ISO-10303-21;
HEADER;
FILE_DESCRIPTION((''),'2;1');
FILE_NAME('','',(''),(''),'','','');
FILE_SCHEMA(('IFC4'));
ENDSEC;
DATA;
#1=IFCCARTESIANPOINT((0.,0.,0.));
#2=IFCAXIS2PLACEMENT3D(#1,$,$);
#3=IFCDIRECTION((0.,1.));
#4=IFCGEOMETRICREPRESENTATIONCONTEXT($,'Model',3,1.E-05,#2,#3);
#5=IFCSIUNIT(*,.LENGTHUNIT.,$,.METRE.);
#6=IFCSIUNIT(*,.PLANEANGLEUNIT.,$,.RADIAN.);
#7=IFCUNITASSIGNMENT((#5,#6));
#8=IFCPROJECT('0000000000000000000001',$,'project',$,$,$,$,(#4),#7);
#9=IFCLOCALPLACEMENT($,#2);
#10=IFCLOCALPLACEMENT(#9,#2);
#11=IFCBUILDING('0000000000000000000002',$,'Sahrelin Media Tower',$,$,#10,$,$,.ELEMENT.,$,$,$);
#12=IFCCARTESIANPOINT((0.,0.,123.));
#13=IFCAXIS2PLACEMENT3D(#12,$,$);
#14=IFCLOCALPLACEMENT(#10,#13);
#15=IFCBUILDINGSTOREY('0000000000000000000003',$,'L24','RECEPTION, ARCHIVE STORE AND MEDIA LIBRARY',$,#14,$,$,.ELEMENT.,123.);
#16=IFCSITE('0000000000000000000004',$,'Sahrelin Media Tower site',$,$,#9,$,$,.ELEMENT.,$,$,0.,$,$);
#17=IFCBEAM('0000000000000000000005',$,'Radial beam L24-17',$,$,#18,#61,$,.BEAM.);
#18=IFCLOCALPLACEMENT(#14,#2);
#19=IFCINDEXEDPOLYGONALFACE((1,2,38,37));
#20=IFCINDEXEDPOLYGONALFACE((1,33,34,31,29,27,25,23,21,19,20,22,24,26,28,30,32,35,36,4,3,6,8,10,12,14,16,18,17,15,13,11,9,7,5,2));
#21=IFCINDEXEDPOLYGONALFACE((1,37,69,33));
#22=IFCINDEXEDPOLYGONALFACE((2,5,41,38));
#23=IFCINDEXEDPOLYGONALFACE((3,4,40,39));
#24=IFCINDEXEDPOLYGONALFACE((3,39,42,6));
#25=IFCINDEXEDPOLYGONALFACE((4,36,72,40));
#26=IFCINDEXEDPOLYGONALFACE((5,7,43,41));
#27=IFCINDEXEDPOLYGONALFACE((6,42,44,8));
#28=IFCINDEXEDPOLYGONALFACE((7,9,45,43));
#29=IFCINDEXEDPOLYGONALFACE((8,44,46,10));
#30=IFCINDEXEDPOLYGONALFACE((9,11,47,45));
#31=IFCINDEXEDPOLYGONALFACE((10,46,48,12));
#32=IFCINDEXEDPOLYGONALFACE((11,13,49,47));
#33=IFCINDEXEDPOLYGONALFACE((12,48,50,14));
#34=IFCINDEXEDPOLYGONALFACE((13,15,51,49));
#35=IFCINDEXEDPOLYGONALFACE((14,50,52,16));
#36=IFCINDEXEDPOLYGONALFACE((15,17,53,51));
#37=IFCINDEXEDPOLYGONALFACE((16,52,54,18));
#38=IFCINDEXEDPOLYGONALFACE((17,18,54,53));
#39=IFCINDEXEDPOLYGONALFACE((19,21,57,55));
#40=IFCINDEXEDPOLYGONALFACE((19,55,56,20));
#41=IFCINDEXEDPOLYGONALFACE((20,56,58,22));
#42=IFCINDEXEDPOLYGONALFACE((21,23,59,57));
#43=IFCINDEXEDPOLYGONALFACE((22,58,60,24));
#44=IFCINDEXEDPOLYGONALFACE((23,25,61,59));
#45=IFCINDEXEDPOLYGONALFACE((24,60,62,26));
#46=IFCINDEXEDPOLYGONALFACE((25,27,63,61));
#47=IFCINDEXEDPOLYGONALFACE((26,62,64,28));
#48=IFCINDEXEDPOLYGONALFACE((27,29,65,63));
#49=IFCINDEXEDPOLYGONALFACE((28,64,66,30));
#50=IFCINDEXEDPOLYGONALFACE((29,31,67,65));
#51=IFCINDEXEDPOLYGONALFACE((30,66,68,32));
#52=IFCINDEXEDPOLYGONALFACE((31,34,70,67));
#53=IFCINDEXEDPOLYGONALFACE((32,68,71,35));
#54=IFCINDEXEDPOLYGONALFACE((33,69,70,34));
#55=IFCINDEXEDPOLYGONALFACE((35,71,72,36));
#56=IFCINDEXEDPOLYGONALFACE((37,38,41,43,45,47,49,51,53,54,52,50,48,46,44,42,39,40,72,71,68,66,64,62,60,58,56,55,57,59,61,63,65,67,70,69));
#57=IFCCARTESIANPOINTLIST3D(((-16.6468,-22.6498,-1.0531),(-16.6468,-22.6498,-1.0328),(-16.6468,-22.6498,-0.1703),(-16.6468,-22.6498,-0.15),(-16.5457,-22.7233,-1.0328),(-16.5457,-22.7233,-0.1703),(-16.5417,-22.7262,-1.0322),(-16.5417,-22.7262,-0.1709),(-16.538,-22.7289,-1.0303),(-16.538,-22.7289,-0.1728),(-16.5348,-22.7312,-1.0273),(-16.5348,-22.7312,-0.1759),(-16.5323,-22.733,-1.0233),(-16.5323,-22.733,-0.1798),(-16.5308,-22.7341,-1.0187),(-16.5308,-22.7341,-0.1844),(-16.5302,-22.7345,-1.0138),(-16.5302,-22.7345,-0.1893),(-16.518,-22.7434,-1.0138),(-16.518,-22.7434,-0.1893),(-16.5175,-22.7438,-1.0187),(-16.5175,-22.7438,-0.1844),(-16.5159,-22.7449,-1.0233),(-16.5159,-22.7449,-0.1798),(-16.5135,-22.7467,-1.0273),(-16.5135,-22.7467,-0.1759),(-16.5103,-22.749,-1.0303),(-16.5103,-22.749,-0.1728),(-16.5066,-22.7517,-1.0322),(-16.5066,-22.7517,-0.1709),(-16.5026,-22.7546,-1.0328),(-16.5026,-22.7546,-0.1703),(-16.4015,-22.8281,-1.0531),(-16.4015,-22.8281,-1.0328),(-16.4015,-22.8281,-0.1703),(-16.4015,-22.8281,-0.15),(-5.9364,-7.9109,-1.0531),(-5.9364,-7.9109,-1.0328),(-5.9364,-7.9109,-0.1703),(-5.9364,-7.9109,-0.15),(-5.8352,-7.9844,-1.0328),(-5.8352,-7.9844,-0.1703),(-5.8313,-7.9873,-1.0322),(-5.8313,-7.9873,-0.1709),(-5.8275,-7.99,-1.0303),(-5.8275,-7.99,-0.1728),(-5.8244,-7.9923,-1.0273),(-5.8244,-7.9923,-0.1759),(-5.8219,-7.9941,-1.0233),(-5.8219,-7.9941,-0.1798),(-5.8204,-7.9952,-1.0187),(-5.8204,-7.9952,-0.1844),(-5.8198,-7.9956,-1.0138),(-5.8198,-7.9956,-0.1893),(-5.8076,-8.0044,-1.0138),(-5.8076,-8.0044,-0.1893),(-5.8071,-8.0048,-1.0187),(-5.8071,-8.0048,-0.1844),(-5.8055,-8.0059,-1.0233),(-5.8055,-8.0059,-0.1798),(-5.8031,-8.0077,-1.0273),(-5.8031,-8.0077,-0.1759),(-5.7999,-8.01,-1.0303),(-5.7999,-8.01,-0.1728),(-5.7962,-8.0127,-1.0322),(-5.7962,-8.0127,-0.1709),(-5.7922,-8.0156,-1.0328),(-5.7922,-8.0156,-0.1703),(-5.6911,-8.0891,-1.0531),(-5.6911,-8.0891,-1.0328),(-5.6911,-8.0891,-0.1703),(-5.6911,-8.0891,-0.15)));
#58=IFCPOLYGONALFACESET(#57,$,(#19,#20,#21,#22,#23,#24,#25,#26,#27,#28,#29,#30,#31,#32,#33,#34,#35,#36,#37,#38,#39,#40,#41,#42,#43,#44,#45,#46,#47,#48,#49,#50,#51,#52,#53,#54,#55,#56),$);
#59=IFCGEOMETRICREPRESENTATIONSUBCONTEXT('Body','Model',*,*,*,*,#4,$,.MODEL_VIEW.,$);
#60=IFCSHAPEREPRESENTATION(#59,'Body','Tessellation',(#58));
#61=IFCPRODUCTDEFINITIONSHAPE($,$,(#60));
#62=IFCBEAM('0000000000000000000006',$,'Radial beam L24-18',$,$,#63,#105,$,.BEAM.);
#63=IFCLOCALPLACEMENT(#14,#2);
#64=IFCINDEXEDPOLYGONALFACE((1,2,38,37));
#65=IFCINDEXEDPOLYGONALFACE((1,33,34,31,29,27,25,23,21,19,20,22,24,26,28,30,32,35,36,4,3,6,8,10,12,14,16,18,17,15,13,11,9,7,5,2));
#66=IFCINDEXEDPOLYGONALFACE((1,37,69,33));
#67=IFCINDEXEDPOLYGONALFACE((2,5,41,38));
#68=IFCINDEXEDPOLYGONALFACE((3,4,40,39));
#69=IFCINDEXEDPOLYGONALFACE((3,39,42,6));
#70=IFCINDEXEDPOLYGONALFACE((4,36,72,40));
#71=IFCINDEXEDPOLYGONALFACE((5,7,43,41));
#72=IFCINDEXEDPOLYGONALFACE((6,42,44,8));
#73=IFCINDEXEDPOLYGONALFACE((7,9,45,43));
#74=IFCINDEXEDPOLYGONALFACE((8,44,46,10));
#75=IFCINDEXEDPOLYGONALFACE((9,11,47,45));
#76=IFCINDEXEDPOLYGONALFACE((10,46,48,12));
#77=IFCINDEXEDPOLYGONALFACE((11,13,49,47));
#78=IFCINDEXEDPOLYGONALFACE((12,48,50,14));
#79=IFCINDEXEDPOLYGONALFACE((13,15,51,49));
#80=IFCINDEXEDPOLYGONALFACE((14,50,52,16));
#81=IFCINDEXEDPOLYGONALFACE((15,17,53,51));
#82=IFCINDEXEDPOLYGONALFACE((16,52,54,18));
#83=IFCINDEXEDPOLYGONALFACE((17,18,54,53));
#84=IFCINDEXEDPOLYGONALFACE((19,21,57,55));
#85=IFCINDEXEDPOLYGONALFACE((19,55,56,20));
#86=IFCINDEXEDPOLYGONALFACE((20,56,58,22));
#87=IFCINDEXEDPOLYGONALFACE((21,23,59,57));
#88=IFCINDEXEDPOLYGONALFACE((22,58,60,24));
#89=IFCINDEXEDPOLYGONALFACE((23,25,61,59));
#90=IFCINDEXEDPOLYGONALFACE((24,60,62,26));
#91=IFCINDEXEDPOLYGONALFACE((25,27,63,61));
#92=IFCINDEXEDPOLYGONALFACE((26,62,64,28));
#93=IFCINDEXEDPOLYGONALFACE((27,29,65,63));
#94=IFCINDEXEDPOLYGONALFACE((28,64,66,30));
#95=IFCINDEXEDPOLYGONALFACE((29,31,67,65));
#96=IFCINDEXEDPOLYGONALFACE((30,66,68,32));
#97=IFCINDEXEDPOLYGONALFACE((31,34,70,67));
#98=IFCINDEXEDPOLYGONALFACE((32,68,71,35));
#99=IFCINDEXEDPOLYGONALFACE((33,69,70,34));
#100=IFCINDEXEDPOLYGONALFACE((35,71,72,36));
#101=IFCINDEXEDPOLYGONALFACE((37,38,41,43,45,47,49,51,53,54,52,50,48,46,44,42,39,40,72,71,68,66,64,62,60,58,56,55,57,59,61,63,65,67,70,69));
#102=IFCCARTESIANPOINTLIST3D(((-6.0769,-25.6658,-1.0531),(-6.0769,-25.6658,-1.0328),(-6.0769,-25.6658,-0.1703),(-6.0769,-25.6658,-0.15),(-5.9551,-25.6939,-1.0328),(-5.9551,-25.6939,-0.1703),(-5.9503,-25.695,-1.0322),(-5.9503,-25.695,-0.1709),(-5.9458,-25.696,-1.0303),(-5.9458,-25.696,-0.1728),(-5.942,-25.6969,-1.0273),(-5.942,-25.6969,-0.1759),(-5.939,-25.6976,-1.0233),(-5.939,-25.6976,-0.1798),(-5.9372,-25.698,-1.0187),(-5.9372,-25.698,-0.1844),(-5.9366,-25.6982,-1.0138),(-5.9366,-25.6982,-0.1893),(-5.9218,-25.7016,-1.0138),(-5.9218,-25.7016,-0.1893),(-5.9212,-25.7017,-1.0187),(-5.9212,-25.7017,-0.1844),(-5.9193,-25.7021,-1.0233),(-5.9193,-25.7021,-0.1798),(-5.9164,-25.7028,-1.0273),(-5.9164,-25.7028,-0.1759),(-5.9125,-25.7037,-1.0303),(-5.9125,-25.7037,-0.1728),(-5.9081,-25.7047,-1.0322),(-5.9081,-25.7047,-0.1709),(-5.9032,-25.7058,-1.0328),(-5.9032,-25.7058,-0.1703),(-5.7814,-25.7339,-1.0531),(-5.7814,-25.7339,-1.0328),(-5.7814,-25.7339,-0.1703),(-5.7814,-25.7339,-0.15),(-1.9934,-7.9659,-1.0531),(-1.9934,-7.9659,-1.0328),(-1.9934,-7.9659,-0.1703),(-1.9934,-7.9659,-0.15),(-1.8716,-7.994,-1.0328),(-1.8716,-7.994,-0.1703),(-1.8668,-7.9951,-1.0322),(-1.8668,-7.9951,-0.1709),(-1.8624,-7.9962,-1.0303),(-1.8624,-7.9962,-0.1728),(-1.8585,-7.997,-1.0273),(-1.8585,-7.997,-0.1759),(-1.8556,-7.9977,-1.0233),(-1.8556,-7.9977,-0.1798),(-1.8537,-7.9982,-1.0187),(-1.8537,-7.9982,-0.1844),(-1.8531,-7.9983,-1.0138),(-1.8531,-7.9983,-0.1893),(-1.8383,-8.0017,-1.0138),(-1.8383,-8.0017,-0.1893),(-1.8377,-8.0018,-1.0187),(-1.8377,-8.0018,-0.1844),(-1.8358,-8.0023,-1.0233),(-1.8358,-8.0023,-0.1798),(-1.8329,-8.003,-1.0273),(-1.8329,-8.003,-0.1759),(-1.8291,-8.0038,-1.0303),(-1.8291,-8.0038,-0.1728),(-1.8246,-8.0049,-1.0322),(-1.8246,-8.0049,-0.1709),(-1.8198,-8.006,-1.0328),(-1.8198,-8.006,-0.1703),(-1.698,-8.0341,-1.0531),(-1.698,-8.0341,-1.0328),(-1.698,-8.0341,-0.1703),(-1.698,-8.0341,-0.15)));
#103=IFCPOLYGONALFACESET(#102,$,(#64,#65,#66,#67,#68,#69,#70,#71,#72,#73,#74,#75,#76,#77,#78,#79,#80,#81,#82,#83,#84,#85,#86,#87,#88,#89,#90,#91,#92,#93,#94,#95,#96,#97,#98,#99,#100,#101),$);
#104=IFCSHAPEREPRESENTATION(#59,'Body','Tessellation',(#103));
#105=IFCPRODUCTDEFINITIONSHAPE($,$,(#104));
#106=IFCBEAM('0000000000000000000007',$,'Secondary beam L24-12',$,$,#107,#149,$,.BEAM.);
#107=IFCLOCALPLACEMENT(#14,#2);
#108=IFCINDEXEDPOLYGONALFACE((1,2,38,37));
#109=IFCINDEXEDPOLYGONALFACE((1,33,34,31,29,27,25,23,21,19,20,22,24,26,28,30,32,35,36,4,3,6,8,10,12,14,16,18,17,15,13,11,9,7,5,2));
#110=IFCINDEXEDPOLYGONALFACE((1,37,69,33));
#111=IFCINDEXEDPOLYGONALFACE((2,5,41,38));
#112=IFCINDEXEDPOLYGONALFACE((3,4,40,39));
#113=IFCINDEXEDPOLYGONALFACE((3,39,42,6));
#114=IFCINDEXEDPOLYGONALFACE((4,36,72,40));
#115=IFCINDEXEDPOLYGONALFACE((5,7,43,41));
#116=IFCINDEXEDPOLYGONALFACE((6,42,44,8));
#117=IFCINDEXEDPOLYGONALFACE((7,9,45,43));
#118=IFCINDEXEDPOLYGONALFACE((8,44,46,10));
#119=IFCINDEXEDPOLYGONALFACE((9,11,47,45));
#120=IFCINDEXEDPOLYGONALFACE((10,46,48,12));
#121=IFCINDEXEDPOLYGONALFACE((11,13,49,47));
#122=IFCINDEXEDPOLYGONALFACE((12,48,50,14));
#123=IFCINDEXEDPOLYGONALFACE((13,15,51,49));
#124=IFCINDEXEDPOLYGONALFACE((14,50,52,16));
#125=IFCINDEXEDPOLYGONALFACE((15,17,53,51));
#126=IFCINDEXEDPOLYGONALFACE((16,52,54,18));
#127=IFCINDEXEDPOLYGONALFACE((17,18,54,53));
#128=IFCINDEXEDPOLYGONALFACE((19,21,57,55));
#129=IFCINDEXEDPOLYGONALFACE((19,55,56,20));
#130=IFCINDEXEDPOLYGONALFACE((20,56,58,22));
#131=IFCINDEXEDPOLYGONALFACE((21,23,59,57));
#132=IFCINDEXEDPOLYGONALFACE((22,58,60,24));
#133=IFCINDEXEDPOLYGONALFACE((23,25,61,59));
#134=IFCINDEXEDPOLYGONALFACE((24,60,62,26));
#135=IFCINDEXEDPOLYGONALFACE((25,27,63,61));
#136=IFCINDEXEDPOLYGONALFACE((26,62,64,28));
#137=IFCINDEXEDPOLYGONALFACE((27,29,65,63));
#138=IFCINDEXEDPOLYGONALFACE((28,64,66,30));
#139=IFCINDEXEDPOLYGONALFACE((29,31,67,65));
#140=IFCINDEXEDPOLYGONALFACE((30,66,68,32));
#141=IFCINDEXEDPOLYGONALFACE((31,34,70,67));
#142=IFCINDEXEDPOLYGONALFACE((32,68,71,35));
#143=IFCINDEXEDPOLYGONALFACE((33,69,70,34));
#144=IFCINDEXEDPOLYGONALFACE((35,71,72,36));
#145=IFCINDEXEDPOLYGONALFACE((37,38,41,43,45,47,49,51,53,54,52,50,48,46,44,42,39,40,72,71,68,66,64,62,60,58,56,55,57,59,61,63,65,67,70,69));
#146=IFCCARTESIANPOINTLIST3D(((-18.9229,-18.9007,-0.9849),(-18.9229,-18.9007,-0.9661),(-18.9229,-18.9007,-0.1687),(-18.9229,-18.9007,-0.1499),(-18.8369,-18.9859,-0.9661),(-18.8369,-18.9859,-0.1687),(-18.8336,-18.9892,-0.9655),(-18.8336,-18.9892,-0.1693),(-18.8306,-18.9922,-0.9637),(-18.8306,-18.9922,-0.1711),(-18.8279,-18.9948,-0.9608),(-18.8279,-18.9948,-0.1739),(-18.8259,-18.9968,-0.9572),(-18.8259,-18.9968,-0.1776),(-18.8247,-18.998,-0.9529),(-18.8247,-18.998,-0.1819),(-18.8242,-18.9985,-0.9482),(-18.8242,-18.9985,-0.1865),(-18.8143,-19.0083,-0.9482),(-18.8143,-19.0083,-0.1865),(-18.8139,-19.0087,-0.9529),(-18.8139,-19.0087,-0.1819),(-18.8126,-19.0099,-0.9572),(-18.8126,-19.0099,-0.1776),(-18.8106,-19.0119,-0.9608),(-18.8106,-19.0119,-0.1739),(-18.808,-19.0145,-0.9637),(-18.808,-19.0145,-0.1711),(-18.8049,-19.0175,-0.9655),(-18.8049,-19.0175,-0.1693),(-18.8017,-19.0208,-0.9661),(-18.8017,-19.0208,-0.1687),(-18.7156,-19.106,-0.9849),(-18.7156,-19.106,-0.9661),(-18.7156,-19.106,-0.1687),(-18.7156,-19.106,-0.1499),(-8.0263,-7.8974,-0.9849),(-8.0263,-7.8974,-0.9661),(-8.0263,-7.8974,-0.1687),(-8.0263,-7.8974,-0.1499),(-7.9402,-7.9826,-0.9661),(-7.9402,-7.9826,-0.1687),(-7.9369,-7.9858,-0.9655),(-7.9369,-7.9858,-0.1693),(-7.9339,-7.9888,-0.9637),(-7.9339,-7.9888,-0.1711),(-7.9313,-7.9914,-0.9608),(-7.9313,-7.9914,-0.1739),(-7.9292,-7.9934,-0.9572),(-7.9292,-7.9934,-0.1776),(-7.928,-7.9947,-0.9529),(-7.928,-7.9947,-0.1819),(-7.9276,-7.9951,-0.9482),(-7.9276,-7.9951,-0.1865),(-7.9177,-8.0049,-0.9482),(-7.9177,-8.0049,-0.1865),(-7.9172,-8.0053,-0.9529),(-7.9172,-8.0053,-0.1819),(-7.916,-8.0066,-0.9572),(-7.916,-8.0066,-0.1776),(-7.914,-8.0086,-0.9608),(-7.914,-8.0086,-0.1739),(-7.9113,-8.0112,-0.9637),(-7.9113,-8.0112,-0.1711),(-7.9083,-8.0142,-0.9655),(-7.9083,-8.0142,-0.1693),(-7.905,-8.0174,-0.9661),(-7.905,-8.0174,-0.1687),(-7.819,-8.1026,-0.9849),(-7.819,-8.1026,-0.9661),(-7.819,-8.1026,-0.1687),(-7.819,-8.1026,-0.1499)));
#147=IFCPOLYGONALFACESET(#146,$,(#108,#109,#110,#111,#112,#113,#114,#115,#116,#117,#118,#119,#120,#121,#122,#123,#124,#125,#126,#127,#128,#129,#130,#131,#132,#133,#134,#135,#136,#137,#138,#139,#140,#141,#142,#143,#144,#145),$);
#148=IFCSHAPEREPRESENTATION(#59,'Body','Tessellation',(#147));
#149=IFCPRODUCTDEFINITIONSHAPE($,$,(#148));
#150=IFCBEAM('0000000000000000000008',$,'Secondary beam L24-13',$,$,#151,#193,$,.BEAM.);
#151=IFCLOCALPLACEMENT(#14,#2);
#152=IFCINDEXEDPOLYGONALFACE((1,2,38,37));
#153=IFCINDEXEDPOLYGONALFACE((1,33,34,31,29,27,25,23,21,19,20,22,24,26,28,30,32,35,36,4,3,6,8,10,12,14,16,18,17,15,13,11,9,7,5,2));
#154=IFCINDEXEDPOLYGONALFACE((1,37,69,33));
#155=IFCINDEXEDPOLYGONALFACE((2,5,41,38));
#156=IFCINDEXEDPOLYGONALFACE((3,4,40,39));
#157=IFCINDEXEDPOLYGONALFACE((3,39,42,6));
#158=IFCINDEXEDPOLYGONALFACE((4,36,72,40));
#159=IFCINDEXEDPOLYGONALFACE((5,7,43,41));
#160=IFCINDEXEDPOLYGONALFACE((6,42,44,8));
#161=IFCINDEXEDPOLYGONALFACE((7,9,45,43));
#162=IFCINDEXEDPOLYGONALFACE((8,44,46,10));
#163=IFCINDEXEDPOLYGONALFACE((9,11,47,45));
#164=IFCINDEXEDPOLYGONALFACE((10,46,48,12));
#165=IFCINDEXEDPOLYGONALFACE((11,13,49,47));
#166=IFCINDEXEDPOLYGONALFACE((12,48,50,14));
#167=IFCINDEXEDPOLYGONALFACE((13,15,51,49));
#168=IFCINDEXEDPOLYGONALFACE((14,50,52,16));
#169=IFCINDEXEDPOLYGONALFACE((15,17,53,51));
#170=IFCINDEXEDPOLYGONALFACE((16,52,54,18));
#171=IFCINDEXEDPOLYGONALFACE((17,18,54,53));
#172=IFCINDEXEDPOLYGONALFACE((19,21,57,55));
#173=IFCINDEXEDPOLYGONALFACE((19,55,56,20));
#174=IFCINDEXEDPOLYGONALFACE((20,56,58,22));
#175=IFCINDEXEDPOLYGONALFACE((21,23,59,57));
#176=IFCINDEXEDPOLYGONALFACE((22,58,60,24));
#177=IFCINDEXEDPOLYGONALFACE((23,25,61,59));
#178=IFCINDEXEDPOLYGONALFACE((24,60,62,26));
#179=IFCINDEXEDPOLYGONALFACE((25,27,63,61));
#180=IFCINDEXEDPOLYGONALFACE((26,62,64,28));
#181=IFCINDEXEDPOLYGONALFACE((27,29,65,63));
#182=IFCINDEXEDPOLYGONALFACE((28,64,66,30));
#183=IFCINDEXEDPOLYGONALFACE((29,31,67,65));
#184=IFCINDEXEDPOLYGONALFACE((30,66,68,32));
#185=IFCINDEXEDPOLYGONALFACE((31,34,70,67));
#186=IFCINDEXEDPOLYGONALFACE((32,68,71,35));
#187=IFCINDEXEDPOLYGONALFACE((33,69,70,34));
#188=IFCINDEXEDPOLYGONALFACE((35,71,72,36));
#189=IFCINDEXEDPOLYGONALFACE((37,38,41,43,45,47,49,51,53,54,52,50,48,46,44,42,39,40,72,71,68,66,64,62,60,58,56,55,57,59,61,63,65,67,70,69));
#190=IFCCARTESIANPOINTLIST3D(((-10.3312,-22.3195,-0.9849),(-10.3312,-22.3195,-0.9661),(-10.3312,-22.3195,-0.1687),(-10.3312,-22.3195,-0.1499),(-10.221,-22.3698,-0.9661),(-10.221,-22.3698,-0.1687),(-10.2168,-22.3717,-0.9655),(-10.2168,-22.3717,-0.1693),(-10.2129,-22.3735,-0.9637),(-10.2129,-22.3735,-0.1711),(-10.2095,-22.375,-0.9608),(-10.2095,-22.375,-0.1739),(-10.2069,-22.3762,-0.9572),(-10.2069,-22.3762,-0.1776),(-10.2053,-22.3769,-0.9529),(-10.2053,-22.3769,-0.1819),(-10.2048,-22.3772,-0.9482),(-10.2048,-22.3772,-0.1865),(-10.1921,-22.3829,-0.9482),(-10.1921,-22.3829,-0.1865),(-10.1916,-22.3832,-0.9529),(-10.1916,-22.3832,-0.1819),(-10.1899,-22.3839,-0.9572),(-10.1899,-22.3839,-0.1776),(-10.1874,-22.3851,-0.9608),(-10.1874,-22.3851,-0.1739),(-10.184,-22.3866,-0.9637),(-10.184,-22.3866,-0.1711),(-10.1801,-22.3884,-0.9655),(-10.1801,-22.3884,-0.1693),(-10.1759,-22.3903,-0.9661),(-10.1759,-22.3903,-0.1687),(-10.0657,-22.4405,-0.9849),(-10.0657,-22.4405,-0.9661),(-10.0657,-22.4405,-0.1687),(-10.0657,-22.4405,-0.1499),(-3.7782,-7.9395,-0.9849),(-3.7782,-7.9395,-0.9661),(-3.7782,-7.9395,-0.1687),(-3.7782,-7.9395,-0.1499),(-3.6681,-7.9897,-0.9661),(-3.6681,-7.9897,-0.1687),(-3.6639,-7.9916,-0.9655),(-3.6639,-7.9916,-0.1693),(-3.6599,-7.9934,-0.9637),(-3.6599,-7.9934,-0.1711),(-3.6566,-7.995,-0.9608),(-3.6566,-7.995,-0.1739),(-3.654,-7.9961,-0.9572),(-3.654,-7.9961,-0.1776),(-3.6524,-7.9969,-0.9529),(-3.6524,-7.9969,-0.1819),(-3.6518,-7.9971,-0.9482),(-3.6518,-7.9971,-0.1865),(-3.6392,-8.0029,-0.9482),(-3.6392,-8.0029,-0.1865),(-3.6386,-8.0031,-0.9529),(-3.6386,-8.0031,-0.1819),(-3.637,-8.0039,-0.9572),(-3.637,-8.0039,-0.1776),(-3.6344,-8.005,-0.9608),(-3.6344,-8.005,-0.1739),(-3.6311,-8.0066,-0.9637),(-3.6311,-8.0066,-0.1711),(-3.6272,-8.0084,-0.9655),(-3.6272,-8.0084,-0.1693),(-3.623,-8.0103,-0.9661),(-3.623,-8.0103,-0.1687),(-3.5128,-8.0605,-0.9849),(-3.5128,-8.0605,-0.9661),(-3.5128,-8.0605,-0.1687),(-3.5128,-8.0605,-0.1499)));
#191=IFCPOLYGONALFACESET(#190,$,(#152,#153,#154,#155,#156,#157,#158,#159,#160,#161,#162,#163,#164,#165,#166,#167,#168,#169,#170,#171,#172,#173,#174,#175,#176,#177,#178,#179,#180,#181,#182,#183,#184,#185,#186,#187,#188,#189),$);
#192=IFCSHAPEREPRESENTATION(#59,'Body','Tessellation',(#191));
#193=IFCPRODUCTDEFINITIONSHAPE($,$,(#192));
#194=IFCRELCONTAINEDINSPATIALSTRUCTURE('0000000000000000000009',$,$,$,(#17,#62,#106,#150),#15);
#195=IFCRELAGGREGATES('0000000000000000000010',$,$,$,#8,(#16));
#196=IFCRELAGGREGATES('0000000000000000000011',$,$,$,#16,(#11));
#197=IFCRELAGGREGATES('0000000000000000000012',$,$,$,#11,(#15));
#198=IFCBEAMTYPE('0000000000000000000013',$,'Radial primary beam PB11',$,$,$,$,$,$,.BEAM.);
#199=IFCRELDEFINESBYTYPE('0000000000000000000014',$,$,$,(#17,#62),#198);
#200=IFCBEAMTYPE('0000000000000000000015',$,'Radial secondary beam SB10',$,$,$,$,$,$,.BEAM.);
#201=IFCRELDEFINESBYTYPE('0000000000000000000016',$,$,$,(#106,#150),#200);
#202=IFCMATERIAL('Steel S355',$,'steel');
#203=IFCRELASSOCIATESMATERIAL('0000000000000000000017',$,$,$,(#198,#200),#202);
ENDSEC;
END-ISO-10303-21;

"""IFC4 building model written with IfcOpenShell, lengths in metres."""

from ifc_helpers import new_model, si_unit, direction, frame, origin, origin_2d, place, context, subcontext, project, spatial, i_section, extrude, material, material_profile, profile_set, type_object, element, save


model = new_model("IFC4")

# Units and contexts
model_context = context("Model", 3, precision=1e-05, world=origin(), true_north=direction((0.0, 1.0)))
body_context = subcontext(model_context, "Body", "Model", "MODEL_VIEW")
ifc_project = project(units=[si_unit("LENGTHUNIT", "METRE"), si_unit("PLANEANGLEUNIT", "RADIAN")], contexts=[model_context])

# Site, building, storey
site_placement = place(None, origin())
site = spatial("IfcSite", under=ifc_project, at=site_placement, Name="Sahrelin Media Tower site", CompositionType="ELEMENT", RefElevation=0.0)
building_placement = place(site_placement, origin())
building = spatial("IfcBuilding", under=site, at=building_placement, Name="Sahrelin Media Tower", CompositionType="ELEMENT")
storey_placement = place(building_placement, frame((0.0, 0.0, 123.0)))
storey = spatial("IfcBuildingStorey", under=building, at=storey_placement, Name="L24", Description="RECEPTION, ARCHIVE STORE AND MEDIA LIBRARY", CompositionType="ELEMENT", Elevation=123.0)

# Shared definitions
ifc_material_1 = material(Name="Steel S355", Category="steel")

# Beams
ifc_material_profile_1 = material_profile(ifc_material_1, i_section(OverallWidth=0.3032, OverallDepth=0.9031, WebThickness=0.0151, FlangeThickness=0.0203, FilletRadius=0.019, at=origin_2d()), Name="UB 914x305x201")
ifc_profile_set_1 = profile_set([ifc_material_profile_1], Name="Steel S355")
beam_type_1 = type_object("IfcBeamType", Name="Radial primary beam PB11", PredefinedType="BEAM", material=ifc_profile_set_1)
beam_1_placement = place(storey_placement, frame((-5.8137, -8.0, -0.6016), z_axis=(-0.587855, -0.808967, 0.0), x_axis=(0.808967, -0.587855, 0.0)))
element("IfcBeam", 1, at=beam_1_placement, inside=storey, type_object=beam_type_1, Name="Radial beam L24-17", PredefinedType="BEAM", context=body_context, shape_type="SweptSolid", body=[
    extrude(i_section(OverallWidth=0.3032, OverallDepth=0.9031, WebThickness=0.0151, FlangeThickness=0.0203, FilletRadius=0.019, at=origin_2d()), origin(), (0.0, 0.0, 1.0), 18.2195),
])
beam_2_placement = place(storey_placement, frame((-1.8457, -8.0, -0.6016), z_axis=(-0.224802, -0.974405, 0.0), x_axis=(0.974405, -0.224802, 0.0)))
element("IfcBeam", 2, at=beam_2_placement, inside=storey, type_object=beam_type_1, Name="Radial beam L24-18", PredefinedType="BEAM", context=body_context, shape_type="SweptSolid", body=[
    extrude(i_section(OverallWidth=0.3032, OverallDepth=0.9031, WebThickness=0.0151, FlangeThickness=0.0203, FilletRadius=0.019, at=origin_2d()), origin(), (0.0, 0.0, 1.0), 18.1648),
])
ifc_material_profile_2 = material_profile(ifc_material_1, i_section(OverallWidth=0.2917, OverallDepth=0.835, WebThickness=0.0139, FlangeThickness=0.0188, FilletRadius=0.0178, at=origin_2d()), Name="UB 838x292x176")
ifc_profile_set_2 = profile_set([ifc_material_profile_2], Name="Steel S355")
beam_type_2 = type_object("IfcBeamType", Name="Radial secondary beam SB10", PredefinedType="BEAM", material=ifc_profile_set_2)
beam_3_placement = place(storey_placement, frame((-7.9226, -8.0, -0.5674), z_axis=(-0.703654, -0.710543, 0.0), x_axis=(0.710543, -0.703654, 0.0)))
element("IfcBeam", 3, at=beam_3_placement, inside=storey, type_object=beam_type_2, Name="Secondary beam L24-12", PredefinedType="BEAM", context=body_context, shape_type="SweptSolid", body=[
    extrude(i_section(OverallWidth=0.2917, OverallDepth=0.835, WebThickness=0.0139, FlangeThickness=0.0188, FilletRadius=0.0178, at=origin_2d()), origin(), (0.0, 0.0, 1.0), 15.4858),
])
beam_4_placement = place(storey_placement, frame((-3.6455, -8.0, -0.5674), z_axis=(-0.414671, -0.909971, 0.0), x_axis=(0.909971, -0.414671, 0.0)))
element("IfcBeam", 4, at=beam_4_placement, inside=storey, type_object=beam_type_2, Name="Secondary beam L24-13", PredefinedType="BEAM", context=body_context, shape_type="SweptSolid", body=[
    extrude(i_section(OverallWidth=0.2917, OverallDepth=0.835, WebThickness=0.0139, FlangeThickness=0.0188, FilletRadius=0.0178, at=origin_2d()), origin(), (0.0, 0.0, 1.0), 15.8027),
])

save(model, "model.ifc")
